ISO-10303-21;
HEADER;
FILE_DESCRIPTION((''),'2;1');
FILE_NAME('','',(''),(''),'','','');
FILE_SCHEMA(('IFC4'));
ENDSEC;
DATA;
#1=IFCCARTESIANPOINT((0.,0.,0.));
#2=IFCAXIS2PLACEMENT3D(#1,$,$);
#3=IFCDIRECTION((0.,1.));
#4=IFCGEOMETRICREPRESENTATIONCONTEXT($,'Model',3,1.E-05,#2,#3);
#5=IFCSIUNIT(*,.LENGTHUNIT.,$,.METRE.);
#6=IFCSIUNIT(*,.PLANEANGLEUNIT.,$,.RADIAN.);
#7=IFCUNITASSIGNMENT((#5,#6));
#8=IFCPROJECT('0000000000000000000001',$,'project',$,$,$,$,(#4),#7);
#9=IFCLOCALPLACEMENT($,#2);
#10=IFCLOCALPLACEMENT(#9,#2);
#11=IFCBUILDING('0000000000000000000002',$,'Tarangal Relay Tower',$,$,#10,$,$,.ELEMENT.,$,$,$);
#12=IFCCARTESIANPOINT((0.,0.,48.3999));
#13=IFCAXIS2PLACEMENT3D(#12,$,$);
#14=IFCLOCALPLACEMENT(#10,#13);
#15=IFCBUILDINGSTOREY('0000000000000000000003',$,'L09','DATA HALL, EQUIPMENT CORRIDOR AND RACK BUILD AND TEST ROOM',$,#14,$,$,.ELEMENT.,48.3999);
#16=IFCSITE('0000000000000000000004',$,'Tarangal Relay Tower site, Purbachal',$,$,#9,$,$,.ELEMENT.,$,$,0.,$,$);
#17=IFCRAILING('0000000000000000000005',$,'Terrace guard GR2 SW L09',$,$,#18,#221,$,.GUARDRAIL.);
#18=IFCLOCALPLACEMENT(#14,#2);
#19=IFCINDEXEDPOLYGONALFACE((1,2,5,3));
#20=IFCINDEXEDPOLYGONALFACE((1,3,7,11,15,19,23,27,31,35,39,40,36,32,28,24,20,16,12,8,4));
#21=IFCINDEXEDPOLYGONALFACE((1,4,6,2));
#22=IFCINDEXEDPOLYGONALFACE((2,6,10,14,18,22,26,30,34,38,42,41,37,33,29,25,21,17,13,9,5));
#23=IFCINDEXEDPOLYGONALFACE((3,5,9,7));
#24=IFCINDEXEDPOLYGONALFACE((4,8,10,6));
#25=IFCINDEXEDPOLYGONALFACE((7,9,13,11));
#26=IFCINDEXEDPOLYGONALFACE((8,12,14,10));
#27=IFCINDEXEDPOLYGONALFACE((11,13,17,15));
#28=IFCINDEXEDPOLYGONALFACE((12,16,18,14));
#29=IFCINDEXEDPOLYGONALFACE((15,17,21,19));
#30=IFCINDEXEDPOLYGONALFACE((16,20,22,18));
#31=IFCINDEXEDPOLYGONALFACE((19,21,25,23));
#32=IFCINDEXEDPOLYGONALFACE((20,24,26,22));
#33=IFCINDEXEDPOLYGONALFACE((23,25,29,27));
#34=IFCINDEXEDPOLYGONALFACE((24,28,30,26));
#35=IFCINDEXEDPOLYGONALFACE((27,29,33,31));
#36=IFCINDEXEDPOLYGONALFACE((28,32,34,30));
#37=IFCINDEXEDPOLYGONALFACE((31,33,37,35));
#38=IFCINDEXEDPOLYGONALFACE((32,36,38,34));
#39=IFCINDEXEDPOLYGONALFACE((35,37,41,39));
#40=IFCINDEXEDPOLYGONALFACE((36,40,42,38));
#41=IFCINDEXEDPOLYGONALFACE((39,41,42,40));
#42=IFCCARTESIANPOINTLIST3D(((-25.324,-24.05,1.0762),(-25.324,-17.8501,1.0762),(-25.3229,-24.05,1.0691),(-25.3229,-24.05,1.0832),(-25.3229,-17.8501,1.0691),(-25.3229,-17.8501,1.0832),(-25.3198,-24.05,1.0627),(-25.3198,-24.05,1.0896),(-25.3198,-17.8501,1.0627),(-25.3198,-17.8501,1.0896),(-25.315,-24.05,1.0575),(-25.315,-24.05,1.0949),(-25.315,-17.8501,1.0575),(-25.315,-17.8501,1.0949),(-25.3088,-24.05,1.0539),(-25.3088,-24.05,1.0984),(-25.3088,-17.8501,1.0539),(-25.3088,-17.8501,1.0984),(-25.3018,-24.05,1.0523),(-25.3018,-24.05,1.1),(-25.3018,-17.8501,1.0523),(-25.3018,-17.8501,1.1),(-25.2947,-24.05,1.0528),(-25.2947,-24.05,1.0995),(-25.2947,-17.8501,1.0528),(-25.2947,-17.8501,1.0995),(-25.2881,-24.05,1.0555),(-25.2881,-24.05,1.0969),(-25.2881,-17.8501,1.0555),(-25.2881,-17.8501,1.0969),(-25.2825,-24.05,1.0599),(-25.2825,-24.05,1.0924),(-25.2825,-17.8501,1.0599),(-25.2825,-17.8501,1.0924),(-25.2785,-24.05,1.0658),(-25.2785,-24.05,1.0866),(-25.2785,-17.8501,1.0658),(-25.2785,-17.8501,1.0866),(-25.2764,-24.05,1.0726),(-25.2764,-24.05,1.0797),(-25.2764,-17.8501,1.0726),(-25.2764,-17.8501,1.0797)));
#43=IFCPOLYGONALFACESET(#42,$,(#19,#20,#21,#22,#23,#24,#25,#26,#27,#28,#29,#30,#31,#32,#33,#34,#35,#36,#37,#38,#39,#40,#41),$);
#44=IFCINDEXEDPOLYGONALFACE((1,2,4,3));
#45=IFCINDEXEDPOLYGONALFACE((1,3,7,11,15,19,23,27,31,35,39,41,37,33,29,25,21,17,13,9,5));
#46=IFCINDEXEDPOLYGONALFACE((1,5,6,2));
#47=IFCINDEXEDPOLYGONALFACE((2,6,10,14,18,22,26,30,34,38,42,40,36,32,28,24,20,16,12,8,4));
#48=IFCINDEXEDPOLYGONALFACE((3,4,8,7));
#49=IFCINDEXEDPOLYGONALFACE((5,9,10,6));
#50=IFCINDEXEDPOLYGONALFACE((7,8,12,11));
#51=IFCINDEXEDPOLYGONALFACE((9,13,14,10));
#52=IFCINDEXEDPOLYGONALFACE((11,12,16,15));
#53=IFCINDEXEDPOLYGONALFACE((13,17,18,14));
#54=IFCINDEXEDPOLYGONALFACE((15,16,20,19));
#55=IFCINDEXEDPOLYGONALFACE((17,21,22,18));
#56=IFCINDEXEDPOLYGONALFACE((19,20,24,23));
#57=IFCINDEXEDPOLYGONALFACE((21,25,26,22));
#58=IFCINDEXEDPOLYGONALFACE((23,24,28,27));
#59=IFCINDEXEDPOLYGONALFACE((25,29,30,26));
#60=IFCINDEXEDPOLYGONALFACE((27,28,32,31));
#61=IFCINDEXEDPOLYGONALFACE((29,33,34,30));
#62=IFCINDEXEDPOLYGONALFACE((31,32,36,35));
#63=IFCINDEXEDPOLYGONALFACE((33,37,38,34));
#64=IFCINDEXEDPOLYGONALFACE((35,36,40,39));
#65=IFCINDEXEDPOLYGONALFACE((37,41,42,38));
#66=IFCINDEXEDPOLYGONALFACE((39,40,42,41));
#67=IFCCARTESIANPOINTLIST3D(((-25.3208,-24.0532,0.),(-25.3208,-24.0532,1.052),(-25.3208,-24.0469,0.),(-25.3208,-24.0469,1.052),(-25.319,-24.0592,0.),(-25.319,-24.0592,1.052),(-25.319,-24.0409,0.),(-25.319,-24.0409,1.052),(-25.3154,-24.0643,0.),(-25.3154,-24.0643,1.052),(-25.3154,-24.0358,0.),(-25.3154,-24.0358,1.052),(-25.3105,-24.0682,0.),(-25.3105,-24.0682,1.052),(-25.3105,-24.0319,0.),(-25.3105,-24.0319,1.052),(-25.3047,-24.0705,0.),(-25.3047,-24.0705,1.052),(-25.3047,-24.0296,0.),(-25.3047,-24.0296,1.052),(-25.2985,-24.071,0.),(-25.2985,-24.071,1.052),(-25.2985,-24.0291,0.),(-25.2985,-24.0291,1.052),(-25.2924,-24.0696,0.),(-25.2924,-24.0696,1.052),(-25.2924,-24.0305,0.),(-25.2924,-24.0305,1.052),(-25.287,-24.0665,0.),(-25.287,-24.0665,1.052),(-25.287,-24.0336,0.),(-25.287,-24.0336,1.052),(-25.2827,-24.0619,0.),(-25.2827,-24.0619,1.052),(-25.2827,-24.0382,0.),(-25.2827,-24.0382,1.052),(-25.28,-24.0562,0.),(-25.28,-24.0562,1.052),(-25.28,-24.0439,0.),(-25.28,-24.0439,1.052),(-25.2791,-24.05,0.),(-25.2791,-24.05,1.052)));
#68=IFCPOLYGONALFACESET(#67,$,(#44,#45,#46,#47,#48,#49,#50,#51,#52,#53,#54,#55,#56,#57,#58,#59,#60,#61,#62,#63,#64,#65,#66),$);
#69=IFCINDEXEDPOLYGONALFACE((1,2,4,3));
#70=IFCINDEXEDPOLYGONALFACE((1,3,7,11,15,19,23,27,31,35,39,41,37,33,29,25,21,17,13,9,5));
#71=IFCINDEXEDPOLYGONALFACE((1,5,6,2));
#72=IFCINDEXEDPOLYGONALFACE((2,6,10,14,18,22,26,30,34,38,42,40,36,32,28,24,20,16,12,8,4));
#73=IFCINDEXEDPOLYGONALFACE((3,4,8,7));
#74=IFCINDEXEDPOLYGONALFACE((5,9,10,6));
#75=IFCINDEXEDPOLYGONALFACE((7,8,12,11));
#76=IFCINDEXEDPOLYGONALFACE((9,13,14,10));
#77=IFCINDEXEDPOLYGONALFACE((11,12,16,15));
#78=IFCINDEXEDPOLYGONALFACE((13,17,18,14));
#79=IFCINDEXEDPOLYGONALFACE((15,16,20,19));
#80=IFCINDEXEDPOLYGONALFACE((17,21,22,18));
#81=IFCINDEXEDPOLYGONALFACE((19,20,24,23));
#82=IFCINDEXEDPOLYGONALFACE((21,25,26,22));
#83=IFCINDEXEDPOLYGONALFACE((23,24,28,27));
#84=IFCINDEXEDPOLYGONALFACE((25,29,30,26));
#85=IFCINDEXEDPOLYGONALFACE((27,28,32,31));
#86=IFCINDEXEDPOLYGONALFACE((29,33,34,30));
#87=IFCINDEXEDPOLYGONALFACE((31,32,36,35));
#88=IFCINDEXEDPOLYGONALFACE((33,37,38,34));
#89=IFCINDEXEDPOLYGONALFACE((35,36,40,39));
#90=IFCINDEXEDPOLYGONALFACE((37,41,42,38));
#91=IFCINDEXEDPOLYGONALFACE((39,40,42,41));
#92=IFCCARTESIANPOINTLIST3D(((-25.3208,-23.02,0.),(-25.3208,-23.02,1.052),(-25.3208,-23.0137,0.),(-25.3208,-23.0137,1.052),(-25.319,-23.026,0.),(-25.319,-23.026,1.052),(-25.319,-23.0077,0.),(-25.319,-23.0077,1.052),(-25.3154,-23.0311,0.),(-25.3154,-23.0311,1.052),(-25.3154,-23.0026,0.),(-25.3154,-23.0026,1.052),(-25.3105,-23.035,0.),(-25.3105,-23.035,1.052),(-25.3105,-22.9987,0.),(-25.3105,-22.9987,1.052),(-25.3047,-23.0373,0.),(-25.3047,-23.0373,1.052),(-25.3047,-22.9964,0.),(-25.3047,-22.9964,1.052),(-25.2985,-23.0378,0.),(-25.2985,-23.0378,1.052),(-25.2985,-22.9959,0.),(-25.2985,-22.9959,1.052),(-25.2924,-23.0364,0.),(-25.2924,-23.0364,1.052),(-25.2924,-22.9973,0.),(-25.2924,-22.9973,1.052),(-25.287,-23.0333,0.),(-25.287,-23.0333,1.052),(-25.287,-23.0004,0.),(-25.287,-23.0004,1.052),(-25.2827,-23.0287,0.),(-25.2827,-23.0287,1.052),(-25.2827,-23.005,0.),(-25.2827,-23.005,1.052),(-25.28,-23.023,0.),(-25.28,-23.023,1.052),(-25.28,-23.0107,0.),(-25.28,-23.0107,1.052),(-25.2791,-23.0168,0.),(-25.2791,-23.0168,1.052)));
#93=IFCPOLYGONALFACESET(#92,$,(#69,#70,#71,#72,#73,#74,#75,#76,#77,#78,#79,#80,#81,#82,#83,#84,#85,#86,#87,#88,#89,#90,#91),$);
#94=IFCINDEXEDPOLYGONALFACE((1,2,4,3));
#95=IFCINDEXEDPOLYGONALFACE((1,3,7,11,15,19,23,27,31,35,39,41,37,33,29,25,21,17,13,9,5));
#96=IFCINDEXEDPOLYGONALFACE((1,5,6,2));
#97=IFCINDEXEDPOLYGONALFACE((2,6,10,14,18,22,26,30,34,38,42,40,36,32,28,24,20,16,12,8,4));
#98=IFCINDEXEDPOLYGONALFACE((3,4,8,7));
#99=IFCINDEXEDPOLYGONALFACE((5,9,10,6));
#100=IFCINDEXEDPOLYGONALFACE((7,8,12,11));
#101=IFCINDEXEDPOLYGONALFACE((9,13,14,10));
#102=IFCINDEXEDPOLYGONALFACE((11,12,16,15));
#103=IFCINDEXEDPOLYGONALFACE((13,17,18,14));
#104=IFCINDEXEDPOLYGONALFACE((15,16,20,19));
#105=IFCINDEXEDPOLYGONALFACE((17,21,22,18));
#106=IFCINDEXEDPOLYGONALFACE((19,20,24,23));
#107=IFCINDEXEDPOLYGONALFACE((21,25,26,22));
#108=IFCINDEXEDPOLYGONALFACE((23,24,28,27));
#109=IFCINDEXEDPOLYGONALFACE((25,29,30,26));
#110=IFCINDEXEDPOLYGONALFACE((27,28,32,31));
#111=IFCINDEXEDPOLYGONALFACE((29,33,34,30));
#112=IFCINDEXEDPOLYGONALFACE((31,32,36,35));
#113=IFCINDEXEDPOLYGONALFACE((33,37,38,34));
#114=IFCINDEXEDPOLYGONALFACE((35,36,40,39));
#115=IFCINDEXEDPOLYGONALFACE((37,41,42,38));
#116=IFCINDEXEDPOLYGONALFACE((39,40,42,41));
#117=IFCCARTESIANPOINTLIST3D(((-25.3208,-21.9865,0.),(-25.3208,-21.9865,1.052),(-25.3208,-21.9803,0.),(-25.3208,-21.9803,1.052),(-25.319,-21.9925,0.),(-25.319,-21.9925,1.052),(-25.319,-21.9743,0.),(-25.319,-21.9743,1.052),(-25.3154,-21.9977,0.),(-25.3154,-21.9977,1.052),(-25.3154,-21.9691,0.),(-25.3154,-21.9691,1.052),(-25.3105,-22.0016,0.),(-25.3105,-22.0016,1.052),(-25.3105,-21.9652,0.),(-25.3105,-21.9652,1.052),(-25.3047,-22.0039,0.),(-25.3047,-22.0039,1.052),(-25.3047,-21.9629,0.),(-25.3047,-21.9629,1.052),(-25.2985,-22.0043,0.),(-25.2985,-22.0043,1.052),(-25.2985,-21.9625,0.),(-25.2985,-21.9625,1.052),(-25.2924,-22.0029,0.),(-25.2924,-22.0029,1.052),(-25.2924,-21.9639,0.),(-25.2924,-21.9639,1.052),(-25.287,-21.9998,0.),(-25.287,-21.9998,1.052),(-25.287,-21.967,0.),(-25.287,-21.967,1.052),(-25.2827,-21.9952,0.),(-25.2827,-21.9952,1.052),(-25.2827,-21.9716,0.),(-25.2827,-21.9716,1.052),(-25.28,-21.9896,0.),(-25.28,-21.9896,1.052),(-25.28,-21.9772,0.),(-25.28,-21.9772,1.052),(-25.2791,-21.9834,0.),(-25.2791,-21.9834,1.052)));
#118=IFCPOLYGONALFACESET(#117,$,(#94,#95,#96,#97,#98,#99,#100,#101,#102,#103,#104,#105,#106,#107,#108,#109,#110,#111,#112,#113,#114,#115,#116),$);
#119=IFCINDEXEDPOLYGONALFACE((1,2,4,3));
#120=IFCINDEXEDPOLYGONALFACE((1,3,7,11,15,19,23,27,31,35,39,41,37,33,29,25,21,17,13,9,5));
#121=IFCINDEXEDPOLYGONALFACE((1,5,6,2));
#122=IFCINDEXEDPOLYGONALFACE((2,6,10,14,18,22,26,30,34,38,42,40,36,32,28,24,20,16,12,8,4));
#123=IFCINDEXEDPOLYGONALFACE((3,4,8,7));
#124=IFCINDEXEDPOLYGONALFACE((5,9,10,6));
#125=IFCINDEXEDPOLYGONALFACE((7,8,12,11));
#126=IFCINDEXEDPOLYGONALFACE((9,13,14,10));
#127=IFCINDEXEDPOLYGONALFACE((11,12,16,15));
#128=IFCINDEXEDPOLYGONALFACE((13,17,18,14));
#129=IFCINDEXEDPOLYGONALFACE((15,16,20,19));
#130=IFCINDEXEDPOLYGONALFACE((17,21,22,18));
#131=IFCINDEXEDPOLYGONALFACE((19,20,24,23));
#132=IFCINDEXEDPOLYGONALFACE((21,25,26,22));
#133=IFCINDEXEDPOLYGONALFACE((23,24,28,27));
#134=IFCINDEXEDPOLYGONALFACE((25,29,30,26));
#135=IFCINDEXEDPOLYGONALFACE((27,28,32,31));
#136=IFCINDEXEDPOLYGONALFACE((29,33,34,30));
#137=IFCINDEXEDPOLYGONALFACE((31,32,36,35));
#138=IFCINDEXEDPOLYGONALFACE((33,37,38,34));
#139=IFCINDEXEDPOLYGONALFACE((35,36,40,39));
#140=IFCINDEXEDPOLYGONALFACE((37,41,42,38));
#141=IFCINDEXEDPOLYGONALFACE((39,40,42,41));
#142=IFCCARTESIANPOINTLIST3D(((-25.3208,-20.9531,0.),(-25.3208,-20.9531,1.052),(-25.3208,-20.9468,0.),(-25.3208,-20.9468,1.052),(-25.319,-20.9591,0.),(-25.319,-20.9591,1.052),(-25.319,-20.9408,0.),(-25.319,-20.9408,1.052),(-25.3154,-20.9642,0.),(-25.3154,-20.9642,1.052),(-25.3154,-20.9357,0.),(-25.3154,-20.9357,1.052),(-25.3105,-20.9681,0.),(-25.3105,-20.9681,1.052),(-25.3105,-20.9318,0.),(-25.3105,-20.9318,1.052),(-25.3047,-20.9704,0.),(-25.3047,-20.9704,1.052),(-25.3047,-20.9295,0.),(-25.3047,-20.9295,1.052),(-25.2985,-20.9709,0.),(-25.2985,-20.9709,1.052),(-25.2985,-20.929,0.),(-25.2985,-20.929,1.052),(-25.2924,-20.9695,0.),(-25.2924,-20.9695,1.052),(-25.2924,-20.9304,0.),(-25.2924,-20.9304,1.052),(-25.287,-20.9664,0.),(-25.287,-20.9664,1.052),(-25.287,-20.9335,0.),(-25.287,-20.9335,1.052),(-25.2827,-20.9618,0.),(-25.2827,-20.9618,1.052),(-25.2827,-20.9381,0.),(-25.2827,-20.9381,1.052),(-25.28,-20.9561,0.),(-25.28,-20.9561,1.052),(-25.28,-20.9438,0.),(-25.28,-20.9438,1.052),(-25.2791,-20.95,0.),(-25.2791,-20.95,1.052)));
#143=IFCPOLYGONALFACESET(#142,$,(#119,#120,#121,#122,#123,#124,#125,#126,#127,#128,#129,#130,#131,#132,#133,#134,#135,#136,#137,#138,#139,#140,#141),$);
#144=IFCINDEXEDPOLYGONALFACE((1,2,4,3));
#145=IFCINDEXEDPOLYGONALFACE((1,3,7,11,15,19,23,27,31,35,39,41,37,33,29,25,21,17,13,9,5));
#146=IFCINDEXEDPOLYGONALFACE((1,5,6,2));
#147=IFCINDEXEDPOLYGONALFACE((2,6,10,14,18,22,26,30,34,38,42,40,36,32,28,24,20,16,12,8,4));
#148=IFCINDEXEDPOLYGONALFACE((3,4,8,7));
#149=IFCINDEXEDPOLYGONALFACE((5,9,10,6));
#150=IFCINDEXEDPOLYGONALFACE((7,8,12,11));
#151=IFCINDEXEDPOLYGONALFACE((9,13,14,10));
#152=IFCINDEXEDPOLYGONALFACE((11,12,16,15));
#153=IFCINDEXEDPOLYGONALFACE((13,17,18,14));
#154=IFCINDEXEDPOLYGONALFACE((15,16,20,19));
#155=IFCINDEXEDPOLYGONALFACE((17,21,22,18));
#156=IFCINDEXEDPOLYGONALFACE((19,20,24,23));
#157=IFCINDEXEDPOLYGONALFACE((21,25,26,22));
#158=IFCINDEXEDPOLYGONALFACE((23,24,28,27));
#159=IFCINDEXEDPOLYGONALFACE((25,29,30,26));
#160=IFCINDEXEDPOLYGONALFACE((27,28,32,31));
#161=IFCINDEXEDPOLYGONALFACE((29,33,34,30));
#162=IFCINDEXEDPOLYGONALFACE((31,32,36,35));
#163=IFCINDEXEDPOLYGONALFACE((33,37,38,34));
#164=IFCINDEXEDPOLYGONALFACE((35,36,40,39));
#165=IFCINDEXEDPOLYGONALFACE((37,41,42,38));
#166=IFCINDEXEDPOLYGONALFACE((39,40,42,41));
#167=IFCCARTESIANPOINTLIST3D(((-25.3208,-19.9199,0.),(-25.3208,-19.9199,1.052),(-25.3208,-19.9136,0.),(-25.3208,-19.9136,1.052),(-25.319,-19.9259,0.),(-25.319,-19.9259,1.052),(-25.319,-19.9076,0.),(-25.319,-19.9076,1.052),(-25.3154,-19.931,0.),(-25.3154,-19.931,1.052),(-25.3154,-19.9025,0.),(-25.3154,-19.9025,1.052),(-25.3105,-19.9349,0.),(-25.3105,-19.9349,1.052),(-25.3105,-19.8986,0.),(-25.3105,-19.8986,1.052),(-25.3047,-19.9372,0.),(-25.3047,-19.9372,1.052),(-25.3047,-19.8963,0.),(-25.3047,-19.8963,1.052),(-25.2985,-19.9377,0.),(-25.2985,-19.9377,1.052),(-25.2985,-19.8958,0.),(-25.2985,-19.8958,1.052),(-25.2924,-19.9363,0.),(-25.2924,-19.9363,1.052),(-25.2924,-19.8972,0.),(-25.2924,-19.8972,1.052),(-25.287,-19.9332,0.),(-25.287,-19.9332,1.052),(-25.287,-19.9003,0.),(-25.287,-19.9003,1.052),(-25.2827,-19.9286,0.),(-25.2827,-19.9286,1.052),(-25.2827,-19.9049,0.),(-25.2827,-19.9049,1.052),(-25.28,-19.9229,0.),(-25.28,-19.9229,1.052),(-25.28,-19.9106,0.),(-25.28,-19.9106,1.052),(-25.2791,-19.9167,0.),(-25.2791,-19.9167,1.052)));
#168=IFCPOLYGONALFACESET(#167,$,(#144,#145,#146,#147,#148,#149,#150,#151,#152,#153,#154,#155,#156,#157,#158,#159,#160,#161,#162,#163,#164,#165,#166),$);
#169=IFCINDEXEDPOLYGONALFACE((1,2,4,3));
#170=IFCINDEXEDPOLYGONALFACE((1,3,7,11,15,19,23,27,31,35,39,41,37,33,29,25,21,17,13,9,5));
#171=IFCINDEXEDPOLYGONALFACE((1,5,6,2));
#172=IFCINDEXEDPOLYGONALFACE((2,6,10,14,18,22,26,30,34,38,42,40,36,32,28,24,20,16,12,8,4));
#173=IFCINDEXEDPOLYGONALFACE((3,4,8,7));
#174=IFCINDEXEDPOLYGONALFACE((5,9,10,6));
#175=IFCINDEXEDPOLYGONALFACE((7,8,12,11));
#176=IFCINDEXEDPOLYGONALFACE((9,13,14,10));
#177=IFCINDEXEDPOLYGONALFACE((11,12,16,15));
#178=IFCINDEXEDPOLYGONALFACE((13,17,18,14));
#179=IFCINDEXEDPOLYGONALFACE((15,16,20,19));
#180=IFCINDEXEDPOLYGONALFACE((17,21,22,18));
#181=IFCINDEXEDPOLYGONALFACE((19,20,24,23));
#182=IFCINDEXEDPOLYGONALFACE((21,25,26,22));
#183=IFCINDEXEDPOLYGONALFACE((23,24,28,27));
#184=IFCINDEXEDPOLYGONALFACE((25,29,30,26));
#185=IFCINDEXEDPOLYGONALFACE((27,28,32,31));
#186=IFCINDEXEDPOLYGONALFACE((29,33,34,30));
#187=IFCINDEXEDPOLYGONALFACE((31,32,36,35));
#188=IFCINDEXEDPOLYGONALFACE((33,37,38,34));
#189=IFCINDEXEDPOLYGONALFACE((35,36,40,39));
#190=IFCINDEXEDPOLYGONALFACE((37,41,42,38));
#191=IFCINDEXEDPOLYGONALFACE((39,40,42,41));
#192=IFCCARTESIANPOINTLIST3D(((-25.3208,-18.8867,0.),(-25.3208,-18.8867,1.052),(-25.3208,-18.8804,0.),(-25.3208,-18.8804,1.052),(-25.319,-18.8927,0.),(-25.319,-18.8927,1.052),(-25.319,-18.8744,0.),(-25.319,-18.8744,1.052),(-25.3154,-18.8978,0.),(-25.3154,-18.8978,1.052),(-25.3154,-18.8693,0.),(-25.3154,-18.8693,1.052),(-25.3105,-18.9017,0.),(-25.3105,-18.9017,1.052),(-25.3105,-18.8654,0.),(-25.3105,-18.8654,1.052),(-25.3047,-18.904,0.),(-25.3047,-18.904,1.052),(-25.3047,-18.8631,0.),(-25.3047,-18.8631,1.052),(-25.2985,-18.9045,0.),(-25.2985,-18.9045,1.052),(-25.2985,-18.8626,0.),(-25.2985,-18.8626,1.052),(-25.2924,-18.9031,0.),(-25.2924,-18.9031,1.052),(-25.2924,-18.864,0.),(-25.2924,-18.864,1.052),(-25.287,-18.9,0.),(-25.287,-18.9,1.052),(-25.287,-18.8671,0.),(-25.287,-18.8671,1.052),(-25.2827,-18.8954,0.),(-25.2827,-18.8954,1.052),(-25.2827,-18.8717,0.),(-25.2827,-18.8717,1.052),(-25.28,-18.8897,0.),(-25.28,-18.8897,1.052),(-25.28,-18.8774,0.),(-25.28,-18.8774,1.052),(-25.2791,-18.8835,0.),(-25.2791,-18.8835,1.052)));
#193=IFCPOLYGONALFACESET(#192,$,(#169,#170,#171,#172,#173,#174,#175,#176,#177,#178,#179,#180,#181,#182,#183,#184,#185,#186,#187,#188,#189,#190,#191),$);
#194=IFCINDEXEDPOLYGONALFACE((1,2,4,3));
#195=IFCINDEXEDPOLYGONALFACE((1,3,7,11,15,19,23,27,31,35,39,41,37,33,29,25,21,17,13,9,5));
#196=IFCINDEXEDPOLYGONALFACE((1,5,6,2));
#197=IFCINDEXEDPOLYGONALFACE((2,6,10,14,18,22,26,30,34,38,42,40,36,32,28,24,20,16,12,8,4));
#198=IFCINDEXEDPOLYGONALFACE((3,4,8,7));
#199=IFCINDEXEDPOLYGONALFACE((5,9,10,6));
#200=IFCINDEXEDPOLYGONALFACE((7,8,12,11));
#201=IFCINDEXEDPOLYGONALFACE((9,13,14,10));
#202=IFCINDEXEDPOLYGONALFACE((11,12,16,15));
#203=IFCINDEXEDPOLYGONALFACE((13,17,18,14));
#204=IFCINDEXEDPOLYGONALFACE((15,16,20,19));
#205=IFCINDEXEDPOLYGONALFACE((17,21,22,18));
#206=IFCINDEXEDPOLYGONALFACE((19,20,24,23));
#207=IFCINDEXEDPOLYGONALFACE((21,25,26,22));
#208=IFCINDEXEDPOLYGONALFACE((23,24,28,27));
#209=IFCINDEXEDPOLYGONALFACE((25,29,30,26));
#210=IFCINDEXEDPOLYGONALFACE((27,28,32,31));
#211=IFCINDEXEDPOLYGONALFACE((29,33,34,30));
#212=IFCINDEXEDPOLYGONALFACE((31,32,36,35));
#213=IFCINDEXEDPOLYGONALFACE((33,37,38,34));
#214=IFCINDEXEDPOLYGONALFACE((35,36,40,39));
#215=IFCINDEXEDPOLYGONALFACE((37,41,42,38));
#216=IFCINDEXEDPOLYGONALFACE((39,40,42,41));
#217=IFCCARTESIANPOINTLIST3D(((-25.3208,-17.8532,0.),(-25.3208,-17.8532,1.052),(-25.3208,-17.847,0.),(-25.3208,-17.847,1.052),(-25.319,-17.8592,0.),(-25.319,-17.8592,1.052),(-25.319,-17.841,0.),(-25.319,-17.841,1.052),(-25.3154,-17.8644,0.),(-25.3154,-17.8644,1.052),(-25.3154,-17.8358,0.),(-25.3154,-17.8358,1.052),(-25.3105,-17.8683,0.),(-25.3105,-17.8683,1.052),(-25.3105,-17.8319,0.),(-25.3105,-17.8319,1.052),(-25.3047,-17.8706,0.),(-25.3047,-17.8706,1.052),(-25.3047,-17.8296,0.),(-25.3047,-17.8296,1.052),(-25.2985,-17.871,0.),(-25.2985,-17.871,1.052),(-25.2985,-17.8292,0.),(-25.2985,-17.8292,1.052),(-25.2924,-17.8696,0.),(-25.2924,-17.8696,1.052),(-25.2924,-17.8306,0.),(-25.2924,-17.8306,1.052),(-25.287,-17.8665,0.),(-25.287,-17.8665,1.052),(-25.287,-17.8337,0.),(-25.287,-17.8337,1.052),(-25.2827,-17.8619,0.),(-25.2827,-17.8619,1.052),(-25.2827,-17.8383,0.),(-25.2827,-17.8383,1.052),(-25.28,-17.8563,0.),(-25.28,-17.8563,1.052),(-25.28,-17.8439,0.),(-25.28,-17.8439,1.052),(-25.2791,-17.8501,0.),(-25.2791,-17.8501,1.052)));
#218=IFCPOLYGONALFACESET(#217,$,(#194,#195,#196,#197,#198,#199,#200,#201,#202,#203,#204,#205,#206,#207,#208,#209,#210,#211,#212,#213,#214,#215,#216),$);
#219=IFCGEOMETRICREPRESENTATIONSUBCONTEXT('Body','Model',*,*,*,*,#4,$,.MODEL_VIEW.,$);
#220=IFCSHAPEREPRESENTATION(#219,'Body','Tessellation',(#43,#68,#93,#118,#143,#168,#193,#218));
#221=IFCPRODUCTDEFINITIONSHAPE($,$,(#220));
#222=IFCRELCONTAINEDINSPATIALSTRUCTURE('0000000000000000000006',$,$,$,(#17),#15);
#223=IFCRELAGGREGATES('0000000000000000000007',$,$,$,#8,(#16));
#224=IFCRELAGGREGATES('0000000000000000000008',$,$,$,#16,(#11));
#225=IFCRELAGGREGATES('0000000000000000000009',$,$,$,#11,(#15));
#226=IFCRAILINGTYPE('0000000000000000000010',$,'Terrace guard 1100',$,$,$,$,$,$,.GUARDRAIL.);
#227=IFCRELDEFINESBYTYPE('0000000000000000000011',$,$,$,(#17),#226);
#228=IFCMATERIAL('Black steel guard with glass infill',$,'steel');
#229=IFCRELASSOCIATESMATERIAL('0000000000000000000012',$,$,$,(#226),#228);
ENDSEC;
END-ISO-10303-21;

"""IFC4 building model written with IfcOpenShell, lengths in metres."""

from ifc_helpers import new_model, si_unit, direction, frame, origin, origin_2d, place, context, subcontext, project, spatial, circle, extrude, material, type_object, element, save


model = new_model("IFC4")

# Units and contexts
model_context = context("Model", 3, precision=1e-05, world=origin(), true_north=direction((0.0, 1.0)))
body_context = subcontext(model_context, "Body", "Model", "MODEL_VIEW")
ifc_project = project(units=[si_unit("LENGTHUNIT", "METRE"), si_unit("PLANEANGLEUNIT", "RADIAN")], contexts=[model_context])

# Site, building, storey
site_placement = place(None, origin())
site = spatial("IfcSite", under=ifc_project, at=site_placement, Name="Tarangal Relay Tower site, Purbachal", CompositionType="ELEMENT", RefElevation=0.0)
building_placement = place(site_placement, origin())
building = spatial("IfcBuilding", under=site, at=building_placement, Name="Tarangal Relay Tower", CompositionType="ELEMENT")
storey_placement = place(building_placement, frame((0.0, 0.0, 48.3999)))
storey = spatial("IfcBuildingStorey", under=building, at=storey_placement, Name="L09", Description="DATA HALL, EQUIPMENT CORRIDOR AND RACK BUILD AND TEST ROOM", CompositionType="ELEMENT", Elevation=48.3999)

# Railing
ifc_material_1 = material(Name="Black steel guard with glass infill", Category="steel")
railing_type = type_object("IfcRailingType", Name="Terrace guard 1100", PredefinedType="GUARDRAIL", material=ifc_material_1)
railing_1_placement = place(storey_placement, frame((-25.3, -24.05, 0.0)))
element("IfcRailing", 1, at=railing_1_placement, inside=storey, type_object=railing_type, Name="Terrace guard GR2 SW L09", PredefinedType="GUARDRAIL", context=body_context, shape_type="SweptSolid", body=[
    extrude(circle(Radius=0.0239, at=origin_2d()), frame((0.0, 0.0, 1.0762), z_axis=(0.0, 1.0, 0.0), x_axis=(-1.0, 0.0, 0.0)), (0.0, 0.0, 1.0), 6.2),
    extrude(circle(Radius=0.021, at=origin_2d()), origin(), (0.0, 0.0, 1.0), 1.052),
    extrude(circle(Radius=0.021, at=origin_2d()), frame((0.0, 1.0332, 0.0)), (0.0, 0.0, 1.0), 1.052),
    extrude(circle(Radius=0.021, at=origin_2d()), frame((0.0, 2.0667, 0.0)), (0.0, 0.0, 1.0), 1.052),
    extrude(circle(Radius=0.021, at=origin_2d()), frame((0.0, 3.1001, 0.0)), (0.0, 0.0, 1.0), 1.052),
    extrude(circle(Radius=0.021, at=origin_2d()), frame((0.0, 4.1333, 0.0)), (0.0, 0.0, 1.0), 1.052),
    extrude(circle(Radius=0.021, at=origin_2d()), frame((0.0, 5.1665, 0.0)), (0.0, 0.0, 1.0), 1.052),
    extrude(circle(Radius=0.021, at=origin_2d()), frame((0.0, 6.2, 0.0)), (0.0, 0.0, 1.0), 1.052),
])

save(model, "model.ifc")
